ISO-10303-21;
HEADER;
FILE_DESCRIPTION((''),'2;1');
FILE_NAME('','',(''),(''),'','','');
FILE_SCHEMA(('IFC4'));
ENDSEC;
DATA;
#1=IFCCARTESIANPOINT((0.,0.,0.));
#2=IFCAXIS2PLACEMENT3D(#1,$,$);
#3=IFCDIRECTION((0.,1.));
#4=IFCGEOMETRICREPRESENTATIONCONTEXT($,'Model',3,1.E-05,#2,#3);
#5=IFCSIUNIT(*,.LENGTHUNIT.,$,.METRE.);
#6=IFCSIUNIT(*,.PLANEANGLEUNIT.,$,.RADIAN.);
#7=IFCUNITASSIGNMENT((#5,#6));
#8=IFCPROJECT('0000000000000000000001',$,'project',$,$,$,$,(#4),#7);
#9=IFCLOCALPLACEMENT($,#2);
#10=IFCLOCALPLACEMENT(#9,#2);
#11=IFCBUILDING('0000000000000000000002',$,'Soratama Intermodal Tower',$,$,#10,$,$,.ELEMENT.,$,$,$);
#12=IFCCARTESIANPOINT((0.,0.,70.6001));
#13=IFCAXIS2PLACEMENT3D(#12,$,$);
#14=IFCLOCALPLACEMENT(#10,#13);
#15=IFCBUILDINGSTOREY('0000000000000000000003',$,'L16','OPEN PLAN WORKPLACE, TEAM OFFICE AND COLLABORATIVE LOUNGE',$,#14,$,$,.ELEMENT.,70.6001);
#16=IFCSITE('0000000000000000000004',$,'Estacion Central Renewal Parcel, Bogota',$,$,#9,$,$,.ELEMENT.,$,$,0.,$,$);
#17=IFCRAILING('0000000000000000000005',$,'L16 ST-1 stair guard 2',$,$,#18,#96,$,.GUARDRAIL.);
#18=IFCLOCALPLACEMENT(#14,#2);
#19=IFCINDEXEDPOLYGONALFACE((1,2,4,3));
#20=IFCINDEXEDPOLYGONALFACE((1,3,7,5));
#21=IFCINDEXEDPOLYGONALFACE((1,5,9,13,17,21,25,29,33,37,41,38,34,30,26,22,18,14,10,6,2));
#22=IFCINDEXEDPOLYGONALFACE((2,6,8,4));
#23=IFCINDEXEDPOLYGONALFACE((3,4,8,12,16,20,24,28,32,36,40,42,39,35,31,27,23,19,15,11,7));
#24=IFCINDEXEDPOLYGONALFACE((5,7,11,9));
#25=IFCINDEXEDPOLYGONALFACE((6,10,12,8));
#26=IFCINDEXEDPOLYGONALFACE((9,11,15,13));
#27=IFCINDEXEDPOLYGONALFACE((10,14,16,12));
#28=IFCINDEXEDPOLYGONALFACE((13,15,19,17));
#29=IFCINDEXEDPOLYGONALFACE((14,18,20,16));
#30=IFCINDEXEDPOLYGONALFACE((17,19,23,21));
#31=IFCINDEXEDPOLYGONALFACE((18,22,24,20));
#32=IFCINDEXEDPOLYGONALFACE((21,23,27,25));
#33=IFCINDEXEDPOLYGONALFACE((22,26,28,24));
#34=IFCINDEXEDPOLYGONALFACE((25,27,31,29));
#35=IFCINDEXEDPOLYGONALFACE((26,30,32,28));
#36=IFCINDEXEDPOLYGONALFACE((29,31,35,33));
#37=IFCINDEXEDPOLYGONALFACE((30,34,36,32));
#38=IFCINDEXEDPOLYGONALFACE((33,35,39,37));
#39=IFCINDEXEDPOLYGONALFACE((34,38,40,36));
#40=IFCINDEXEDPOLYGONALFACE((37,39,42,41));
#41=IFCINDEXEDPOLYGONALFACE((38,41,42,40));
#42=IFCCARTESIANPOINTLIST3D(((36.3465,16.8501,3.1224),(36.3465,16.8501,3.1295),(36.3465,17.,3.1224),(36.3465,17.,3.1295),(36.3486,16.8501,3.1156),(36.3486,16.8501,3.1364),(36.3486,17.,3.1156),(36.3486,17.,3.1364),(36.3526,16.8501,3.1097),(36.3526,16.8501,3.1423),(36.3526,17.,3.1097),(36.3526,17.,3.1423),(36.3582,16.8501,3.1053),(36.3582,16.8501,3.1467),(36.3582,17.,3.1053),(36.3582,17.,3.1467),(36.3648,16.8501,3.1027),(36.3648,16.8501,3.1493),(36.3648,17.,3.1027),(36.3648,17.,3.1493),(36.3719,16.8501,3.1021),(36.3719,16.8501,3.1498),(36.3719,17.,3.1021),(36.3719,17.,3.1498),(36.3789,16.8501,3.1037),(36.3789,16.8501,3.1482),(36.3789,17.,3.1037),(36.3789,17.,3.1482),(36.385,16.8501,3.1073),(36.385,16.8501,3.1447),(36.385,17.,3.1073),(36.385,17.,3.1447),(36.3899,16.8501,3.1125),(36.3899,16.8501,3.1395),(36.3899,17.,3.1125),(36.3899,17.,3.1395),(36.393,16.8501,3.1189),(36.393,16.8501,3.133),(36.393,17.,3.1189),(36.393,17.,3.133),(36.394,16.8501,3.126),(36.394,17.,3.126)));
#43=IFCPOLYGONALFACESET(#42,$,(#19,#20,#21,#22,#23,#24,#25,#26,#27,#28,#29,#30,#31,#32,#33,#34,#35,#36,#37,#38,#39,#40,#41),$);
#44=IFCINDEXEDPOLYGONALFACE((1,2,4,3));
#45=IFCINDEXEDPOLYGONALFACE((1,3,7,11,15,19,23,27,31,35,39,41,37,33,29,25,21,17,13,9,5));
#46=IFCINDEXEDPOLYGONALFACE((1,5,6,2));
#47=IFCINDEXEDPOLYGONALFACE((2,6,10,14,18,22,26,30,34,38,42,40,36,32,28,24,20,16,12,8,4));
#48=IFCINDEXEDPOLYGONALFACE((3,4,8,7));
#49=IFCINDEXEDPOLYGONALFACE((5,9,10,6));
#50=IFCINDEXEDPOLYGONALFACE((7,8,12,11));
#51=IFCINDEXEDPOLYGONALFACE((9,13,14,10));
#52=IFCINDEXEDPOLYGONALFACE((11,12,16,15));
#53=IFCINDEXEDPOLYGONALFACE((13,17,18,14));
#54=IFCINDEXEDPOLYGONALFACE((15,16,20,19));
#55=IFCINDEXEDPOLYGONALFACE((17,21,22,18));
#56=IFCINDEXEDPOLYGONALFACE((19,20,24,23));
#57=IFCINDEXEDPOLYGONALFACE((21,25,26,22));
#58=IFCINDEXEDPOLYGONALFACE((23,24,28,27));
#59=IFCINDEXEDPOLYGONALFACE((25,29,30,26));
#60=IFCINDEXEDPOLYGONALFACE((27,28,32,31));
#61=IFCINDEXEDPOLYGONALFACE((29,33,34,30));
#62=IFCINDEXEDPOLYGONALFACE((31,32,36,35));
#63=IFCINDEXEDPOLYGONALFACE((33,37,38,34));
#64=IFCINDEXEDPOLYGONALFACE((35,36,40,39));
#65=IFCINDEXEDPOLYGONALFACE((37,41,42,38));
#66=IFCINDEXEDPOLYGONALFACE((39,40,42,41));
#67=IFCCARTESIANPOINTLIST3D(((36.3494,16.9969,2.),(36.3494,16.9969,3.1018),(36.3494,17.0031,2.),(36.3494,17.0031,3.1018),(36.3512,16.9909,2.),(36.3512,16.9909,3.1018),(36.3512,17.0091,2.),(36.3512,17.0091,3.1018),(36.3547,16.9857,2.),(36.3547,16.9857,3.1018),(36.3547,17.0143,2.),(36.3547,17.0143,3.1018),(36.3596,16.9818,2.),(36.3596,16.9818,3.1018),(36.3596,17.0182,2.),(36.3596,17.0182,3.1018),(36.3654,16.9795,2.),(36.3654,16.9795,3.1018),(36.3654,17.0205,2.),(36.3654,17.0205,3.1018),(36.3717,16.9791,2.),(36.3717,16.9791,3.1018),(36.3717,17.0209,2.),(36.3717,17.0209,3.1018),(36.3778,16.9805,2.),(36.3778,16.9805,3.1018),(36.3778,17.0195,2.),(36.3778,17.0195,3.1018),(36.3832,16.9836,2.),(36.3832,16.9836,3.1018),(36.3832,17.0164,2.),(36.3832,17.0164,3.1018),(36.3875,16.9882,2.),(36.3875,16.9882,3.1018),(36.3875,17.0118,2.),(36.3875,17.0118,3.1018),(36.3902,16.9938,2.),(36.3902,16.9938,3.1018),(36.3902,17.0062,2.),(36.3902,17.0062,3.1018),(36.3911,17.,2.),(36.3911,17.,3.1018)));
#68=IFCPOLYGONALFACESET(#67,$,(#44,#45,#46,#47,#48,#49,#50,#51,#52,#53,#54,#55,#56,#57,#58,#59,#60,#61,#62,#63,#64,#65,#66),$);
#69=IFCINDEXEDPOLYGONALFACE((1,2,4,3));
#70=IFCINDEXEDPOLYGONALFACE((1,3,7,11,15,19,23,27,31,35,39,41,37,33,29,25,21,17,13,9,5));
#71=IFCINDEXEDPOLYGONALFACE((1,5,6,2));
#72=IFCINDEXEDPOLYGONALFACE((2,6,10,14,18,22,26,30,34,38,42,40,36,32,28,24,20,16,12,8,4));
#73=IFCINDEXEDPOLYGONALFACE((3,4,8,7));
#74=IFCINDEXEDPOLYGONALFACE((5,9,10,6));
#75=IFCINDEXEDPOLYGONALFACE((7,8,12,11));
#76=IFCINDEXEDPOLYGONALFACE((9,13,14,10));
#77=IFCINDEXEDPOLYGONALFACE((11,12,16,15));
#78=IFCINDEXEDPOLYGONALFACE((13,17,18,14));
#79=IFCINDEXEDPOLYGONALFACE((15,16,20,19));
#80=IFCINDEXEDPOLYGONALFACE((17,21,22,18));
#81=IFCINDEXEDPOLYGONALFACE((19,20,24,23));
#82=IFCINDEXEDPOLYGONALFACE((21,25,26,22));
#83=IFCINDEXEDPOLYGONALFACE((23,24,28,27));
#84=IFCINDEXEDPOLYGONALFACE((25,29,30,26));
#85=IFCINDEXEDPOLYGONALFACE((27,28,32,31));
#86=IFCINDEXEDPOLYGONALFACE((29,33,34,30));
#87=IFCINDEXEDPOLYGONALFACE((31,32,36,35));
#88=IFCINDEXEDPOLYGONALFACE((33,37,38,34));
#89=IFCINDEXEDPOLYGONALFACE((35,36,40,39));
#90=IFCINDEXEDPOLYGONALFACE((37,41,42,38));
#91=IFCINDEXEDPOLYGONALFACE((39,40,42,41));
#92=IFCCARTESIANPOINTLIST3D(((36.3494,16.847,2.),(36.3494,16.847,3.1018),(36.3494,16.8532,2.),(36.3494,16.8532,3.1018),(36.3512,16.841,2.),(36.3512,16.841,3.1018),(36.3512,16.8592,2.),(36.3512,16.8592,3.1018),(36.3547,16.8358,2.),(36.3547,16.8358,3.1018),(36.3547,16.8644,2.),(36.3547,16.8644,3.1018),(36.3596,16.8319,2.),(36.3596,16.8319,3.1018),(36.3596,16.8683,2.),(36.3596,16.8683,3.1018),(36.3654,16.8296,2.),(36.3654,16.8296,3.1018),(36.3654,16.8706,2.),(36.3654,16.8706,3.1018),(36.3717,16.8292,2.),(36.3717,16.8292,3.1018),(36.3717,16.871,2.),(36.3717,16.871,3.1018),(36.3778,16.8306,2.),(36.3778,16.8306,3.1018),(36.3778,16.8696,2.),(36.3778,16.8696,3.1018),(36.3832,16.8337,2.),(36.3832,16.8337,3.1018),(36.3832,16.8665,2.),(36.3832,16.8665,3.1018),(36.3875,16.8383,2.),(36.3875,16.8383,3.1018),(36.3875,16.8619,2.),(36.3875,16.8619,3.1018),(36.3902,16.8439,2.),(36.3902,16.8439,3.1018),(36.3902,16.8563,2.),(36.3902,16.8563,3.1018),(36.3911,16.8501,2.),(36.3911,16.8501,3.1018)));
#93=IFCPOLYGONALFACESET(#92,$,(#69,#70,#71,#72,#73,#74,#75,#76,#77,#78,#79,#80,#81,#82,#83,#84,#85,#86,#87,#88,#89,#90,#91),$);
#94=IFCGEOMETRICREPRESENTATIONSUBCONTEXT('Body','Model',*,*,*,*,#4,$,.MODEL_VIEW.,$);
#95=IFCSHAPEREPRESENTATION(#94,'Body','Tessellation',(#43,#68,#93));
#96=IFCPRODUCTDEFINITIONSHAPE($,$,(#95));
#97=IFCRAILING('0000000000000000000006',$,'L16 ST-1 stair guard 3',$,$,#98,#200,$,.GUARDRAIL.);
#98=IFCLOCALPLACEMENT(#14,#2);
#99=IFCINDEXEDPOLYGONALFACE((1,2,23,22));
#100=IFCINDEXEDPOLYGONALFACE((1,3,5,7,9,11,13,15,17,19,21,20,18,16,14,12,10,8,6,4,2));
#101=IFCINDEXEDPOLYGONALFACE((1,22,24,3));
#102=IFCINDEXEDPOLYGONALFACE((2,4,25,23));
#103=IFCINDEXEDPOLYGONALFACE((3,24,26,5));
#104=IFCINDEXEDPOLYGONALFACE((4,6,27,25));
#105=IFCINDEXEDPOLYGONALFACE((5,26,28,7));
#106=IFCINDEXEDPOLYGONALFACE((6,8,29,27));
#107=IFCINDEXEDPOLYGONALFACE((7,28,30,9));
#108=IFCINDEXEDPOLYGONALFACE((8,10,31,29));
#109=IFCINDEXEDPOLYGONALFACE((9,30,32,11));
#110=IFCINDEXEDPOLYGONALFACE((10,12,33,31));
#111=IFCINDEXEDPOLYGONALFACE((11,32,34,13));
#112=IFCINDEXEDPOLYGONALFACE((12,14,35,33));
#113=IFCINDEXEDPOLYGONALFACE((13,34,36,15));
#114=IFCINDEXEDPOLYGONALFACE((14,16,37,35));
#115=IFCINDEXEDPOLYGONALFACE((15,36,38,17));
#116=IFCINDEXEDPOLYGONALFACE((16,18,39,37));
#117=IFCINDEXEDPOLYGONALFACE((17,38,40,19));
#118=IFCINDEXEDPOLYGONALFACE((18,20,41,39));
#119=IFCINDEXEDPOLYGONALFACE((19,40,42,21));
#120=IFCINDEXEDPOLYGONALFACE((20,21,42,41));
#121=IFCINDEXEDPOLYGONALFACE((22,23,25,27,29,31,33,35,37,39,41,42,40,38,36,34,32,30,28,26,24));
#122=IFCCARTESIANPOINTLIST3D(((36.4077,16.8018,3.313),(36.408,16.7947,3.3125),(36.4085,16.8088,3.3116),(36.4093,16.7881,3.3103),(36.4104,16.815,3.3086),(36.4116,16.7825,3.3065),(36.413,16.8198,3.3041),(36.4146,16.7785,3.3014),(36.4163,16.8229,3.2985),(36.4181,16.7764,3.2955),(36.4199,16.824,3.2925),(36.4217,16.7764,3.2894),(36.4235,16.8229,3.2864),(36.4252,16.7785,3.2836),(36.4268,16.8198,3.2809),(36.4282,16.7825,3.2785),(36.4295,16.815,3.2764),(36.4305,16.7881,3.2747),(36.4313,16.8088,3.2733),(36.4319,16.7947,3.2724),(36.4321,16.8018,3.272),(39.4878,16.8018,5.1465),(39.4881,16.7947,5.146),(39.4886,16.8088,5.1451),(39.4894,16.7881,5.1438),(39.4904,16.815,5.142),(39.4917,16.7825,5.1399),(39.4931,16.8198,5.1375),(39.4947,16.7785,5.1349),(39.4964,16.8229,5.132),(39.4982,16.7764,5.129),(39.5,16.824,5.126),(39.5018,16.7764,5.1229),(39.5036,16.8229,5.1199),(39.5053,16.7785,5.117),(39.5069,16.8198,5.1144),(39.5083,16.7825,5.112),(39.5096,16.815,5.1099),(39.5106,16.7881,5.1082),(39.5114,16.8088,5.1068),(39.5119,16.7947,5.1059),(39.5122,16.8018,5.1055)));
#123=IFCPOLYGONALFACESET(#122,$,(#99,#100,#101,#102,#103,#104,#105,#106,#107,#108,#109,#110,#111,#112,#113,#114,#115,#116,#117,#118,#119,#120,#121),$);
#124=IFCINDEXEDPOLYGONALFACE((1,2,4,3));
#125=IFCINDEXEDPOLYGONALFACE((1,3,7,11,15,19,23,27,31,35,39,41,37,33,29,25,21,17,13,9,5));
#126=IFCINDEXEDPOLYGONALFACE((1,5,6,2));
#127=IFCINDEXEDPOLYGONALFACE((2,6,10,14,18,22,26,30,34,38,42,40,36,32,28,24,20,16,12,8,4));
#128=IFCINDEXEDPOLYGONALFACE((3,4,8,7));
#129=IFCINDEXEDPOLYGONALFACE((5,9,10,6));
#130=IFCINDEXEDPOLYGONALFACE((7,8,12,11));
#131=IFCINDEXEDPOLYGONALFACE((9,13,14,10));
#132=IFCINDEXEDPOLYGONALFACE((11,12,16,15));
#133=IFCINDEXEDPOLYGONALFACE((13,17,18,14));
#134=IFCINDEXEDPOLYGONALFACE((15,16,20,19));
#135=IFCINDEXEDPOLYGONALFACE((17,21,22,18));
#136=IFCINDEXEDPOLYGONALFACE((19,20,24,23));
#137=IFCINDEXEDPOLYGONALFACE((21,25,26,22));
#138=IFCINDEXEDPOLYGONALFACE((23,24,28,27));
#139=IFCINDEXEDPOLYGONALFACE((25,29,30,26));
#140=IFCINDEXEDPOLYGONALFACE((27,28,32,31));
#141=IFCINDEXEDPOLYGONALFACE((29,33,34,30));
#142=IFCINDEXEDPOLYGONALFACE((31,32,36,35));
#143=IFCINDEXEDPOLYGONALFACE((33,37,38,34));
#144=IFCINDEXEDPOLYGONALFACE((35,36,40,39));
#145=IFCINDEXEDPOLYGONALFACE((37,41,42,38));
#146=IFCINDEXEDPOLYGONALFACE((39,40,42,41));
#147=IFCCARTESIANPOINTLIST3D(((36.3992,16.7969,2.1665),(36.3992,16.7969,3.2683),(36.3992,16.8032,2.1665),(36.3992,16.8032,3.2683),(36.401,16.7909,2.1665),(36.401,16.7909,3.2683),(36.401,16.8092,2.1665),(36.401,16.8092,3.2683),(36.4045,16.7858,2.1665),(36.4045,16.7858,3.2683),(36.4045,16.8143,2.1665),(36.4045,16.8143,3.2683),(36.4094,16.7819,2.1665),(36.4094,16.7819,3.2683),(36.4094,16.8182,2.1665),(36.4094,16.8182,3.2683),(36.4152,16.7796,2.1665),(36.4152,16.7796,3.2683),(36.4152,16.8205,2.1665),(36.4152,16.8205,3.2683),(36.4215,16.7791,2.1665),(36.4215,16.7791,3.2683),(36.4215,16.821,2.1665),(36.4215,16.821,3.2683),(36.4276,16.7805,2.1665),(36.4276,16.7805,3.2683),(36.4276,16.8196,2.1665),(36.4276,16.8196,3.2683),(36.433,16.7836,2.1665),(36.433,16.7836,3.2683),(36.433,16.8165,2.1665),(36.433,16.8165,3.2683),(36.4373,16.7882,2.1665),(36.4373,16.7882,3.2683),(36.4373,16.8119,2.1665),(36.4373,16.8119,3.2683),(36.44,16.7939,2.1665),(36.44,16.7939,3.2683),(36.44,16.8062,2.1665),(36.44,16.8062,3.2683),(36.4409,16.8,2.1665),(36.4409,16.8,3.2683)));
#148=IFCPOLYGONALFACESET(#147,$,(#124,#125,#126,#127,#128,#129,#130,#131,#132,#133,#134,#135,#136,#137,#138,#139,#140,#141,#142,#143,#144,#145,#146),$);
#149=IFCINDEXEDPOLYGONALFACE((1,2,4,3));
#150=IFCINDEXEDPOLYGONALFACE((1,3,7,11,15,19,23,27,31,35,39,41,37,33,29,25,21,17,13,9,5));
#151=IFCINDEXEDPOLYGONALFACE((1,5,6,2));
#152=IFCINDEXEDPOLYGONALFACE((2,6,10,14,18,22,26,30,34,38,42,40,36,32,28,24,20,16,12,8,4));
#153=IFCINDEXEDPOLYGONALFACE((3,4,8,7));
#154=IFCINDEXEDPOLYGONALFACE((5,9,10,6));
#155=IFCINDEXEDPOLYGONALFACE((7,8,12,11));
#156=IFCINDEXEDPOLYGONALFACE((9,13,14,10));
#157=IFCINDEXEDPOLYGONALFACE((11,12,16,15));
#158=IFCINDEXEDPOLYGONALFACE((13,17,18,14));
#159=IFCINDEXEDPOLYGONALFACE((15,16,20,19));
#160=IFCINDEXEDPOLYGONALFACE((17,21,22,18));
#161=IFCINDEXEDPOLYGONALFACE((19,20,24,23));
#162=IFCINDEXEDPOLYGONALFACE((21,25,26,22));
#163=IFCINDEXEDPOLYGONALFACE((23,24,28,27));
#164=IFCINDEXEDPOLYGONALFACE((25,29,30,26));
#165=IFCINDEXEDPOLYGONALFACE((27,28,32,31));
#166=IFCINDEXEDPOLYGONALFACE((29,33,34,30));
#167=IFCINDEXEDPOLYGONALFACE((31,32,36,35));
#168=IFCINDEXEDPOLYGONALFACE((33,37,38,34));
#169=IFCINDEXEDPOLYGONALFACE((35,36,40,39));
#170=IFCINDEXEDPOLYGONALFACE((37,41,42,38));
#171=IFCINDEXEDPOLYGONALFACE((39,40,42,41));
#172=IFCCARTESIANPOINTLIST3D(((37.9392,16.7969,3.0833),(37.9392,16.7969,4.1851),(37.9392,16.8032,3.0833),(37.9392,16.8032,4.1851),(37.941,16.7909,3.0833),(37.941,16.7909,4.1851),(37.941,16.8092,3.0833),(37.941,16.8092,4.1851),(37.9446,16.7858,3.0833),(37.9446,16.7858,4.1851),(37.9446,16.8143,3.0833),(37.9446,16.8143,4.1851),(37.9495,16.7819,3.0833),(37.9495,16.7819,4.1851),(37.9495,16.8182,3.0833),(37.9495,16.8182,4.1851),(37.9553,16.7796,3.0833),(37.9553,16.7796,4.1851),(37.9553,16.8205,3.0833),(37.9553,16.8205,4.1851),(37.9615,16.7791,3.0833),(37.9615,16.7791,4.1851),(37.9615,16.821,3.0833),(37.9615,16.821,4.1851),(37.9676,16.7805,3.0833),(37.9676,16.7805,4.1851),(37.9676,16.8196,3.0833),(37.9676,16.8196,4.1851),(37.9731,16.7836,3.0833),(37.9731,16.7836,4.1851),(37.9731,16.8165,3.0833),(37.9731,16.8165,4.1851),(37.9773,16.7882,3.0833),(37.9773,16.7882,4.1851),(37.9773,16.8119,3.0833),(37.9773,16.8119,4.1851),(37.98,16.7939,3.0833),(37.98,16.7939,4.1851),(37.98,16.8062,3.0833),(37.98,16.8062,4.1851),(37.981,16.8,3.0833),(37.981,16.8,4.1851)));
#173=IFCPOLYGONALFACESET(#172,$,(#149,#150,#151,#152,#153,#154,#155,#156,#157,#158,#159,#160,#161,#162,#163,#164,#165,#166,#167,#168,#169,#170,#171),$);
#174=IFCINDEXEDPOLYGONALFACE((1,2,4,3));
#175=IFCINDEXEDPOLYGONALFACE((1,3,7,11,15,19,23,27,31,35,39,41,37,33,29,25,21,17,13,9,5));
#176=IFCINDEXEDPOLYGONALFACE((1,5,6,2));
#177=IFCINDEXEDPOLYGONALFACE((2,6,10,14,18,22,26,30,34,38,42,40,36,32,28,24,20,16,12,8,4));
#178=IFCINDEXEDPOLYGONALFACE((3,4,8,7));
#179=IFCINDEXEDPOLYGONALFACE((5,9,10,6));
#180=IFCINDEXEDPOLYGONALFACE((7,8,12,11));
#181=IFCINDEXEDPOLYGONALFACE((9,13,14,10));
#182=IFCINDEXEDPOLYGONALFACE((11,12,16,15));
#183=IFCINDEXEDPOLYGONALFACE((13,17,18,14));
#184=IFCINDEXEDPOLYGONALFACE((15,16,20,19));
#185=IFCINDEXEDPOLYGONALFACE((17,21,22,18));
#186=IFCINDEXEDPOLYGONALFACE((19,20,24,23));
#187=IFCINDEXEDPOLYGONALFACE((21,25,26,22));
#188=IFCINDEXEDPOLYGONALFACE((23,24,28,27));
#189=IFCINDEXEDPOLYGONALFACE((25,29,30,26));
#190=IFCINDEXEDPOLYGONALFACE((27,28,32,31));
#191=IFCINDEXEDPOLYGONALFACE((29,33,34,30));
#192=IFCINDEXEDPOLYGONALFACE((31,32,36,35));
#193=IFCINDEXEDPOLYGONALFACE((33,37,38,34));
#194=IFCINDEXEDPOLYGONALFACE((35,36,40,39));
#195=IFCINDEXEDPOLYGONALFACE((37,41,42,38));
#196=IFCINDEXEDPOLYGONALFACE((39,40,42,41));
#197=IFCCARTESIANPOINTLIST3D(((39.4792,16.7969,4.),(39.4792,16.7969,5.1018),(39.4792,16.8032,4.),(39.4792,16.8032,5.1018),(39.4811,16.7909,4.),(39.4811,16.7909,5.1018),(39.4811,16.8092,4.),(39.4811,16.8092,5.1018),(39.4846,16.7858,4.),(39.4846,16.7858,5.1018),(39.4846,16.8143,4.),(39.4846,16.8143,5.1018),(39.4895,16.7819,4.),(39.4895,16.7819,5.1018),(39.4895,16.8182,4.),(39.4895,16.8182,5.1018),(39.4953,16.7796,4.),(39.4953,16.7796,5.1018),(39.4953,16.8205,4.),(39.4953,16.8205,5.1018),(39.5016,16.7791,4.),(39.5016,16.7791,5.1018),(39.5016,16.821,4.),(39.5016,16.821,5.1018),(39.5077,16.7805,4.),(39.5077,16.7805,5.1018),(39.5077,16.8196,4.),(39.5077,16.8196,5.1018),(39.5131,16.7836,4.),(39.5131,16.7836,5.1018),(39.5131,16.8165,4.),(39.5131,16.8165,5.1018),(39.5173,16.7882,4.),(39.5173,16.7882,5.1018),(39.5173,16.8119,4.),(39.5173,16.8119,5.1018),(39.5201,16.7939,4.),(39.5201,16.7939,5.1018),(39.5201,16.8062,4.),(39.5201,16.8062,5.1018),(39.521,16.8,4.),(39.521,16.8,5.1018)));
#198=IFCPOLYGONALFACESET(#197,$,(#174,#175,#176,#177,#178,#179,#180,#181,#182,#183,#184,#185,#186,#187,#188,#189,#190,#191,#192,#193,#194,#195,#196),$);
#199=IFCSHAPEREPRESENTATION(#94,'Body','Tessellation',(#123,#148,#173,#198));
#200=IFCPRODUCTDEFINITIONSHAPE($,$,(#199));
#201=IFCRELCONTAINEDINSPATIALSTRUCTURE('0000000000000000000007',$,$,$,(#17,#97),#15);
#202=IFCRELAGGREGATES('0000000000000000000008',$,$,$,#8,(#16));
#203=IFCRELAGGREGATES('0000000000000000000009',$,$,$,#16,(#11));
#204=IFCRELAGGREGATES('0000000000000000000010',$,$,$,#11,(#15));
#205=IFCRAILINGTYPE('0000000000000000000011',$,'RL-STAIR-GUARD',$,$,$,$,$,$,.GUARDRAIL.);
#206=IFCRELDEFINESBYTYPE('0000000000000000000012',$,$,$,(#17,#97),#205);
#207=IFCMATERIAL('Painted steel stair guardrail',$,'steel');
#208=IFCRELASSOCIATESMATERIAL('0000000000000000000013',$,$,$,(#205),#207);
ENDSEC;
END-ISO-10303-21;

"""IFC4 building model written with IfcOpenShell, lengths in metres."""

from ifc_helpers import new_model, si_unit, direction, frame, origin, origin_2d, place, context, subcontext, project, spatial, circle, extrude, material, type_object, element, save


model = new_model("IFC4")

# Units and contexts
model_context = context("Model", 3, precision=1e-05, world=origin(), true_north=direction((0.0, 1.0)))
body_context = subcontext(model_context, "Body", "Model", "MODEL_VIEW")
ifc_project = project(units=[si_unit("LENGTHUNIT", "METRE"), si_unit("PLANEANGLEUNIT", "RADIAN")], contexts=[model_context])

# Site, building, storey
site_placement = place(None, origin())
site = spatial("IfcSite", under=ifc_project, at=site_placement, Name="Estacion Central Renewal Parcel, Bogota", CompositionType="ELEMENT", RefElevation=0.0)
building_placement = place(site_placement, origin())
building = spatial("IfcBuilding", under=site, at=building_placement, Name="Soratama Intermodal Tower", CompositionType="ELEMENT")
storey_placement = place(building_placement, frame((0.0, 0.0, 70.6001)))
storey = spatial("IfcBuildingStorey", under=building, at=storey_placement, Name="L16", Description="OPEN PLAN WORKPLACE, TEAM OFFICE AND COLLABORATIVE LOUNGE", CompositionType="ELEMENT", Elevation=70.6001)

# Railings
ifc_material_1 = material(Name="Painted steel stair guardrail", Category="steel")
railing_type_1 = type_object("IfcRailingType", Name="RL-STAIR-GUARD", PredefinedType="GUARDRAIL", material=ifc_material_1)
railing_1_placement = place(storey_placement, frame((36.3701, 17.0, 2.0)))
element("IfcRailing", 1, at=railing_1_placement, inside=storey, type_object=railing_type_1, Name="L16 ST-1 stair guard 2", PredefinedType="GUARDRAIL", context=body_context, shape_type="SweptSolid", body=[
    extrude(circle(Radius=0.0239, at=origin_2d()), frame((0.0, 0.0, 1.126), z_axis=(0.0, -1.0, 0.0), x_axis=(1.0, 0.0, 0.0)), (0.0, 0.0, 1.0), 0.1499),
    extrude(circle(Radius=0.021, at=origin_2d()), origin(), (0.0, 0.0, 1.0), 1.1018),
    extrude(circle(Radius=0.021, at=origin_2d()), frame((0.0, -0.1499, 0.0)), (0.0, 0.0, 1.0), 1.1018),
])
railing_2_placement = place(storey_placement, frame((36.4199, 16.8, 2.1665)))
element("IfcRailing", 2, at=railing_2_placement, inside=storey, type_object=railing_type_1, Name="L16 ST-1 stair guard 3", PredefinedType="GUARDRAIL", context=body_context, shape_type="SweptSolid", body=[
    extrude(circle(Radius=0.0239, at=origin_2d()), frame((0.0, 0.0, 1.126), z_axis=(0.859279, 0.0, 0.511508), x_axis=(0.0, 1.0, 0.0)), (0.0, 0.0, 1.0), 3.5845),
    extrude(circle(Radius=0.021, at=origin_2d()), origin(), (0.0, 0.0, 1.0), 1.1018),
    extrude(circle(Radius=0.021, at=origin_2d()), frame((1.54, 0.0, 0.9167)), (0.0, 0.0, 1.0), 1.1018),
    extrude(circle(Radius=0.021, at=origin_2d()), frame((3.0801, 0.0, 1.8335)), (0.0, 0.0, 1.0), 1.1018),
])

save(model, "model.ifc")
